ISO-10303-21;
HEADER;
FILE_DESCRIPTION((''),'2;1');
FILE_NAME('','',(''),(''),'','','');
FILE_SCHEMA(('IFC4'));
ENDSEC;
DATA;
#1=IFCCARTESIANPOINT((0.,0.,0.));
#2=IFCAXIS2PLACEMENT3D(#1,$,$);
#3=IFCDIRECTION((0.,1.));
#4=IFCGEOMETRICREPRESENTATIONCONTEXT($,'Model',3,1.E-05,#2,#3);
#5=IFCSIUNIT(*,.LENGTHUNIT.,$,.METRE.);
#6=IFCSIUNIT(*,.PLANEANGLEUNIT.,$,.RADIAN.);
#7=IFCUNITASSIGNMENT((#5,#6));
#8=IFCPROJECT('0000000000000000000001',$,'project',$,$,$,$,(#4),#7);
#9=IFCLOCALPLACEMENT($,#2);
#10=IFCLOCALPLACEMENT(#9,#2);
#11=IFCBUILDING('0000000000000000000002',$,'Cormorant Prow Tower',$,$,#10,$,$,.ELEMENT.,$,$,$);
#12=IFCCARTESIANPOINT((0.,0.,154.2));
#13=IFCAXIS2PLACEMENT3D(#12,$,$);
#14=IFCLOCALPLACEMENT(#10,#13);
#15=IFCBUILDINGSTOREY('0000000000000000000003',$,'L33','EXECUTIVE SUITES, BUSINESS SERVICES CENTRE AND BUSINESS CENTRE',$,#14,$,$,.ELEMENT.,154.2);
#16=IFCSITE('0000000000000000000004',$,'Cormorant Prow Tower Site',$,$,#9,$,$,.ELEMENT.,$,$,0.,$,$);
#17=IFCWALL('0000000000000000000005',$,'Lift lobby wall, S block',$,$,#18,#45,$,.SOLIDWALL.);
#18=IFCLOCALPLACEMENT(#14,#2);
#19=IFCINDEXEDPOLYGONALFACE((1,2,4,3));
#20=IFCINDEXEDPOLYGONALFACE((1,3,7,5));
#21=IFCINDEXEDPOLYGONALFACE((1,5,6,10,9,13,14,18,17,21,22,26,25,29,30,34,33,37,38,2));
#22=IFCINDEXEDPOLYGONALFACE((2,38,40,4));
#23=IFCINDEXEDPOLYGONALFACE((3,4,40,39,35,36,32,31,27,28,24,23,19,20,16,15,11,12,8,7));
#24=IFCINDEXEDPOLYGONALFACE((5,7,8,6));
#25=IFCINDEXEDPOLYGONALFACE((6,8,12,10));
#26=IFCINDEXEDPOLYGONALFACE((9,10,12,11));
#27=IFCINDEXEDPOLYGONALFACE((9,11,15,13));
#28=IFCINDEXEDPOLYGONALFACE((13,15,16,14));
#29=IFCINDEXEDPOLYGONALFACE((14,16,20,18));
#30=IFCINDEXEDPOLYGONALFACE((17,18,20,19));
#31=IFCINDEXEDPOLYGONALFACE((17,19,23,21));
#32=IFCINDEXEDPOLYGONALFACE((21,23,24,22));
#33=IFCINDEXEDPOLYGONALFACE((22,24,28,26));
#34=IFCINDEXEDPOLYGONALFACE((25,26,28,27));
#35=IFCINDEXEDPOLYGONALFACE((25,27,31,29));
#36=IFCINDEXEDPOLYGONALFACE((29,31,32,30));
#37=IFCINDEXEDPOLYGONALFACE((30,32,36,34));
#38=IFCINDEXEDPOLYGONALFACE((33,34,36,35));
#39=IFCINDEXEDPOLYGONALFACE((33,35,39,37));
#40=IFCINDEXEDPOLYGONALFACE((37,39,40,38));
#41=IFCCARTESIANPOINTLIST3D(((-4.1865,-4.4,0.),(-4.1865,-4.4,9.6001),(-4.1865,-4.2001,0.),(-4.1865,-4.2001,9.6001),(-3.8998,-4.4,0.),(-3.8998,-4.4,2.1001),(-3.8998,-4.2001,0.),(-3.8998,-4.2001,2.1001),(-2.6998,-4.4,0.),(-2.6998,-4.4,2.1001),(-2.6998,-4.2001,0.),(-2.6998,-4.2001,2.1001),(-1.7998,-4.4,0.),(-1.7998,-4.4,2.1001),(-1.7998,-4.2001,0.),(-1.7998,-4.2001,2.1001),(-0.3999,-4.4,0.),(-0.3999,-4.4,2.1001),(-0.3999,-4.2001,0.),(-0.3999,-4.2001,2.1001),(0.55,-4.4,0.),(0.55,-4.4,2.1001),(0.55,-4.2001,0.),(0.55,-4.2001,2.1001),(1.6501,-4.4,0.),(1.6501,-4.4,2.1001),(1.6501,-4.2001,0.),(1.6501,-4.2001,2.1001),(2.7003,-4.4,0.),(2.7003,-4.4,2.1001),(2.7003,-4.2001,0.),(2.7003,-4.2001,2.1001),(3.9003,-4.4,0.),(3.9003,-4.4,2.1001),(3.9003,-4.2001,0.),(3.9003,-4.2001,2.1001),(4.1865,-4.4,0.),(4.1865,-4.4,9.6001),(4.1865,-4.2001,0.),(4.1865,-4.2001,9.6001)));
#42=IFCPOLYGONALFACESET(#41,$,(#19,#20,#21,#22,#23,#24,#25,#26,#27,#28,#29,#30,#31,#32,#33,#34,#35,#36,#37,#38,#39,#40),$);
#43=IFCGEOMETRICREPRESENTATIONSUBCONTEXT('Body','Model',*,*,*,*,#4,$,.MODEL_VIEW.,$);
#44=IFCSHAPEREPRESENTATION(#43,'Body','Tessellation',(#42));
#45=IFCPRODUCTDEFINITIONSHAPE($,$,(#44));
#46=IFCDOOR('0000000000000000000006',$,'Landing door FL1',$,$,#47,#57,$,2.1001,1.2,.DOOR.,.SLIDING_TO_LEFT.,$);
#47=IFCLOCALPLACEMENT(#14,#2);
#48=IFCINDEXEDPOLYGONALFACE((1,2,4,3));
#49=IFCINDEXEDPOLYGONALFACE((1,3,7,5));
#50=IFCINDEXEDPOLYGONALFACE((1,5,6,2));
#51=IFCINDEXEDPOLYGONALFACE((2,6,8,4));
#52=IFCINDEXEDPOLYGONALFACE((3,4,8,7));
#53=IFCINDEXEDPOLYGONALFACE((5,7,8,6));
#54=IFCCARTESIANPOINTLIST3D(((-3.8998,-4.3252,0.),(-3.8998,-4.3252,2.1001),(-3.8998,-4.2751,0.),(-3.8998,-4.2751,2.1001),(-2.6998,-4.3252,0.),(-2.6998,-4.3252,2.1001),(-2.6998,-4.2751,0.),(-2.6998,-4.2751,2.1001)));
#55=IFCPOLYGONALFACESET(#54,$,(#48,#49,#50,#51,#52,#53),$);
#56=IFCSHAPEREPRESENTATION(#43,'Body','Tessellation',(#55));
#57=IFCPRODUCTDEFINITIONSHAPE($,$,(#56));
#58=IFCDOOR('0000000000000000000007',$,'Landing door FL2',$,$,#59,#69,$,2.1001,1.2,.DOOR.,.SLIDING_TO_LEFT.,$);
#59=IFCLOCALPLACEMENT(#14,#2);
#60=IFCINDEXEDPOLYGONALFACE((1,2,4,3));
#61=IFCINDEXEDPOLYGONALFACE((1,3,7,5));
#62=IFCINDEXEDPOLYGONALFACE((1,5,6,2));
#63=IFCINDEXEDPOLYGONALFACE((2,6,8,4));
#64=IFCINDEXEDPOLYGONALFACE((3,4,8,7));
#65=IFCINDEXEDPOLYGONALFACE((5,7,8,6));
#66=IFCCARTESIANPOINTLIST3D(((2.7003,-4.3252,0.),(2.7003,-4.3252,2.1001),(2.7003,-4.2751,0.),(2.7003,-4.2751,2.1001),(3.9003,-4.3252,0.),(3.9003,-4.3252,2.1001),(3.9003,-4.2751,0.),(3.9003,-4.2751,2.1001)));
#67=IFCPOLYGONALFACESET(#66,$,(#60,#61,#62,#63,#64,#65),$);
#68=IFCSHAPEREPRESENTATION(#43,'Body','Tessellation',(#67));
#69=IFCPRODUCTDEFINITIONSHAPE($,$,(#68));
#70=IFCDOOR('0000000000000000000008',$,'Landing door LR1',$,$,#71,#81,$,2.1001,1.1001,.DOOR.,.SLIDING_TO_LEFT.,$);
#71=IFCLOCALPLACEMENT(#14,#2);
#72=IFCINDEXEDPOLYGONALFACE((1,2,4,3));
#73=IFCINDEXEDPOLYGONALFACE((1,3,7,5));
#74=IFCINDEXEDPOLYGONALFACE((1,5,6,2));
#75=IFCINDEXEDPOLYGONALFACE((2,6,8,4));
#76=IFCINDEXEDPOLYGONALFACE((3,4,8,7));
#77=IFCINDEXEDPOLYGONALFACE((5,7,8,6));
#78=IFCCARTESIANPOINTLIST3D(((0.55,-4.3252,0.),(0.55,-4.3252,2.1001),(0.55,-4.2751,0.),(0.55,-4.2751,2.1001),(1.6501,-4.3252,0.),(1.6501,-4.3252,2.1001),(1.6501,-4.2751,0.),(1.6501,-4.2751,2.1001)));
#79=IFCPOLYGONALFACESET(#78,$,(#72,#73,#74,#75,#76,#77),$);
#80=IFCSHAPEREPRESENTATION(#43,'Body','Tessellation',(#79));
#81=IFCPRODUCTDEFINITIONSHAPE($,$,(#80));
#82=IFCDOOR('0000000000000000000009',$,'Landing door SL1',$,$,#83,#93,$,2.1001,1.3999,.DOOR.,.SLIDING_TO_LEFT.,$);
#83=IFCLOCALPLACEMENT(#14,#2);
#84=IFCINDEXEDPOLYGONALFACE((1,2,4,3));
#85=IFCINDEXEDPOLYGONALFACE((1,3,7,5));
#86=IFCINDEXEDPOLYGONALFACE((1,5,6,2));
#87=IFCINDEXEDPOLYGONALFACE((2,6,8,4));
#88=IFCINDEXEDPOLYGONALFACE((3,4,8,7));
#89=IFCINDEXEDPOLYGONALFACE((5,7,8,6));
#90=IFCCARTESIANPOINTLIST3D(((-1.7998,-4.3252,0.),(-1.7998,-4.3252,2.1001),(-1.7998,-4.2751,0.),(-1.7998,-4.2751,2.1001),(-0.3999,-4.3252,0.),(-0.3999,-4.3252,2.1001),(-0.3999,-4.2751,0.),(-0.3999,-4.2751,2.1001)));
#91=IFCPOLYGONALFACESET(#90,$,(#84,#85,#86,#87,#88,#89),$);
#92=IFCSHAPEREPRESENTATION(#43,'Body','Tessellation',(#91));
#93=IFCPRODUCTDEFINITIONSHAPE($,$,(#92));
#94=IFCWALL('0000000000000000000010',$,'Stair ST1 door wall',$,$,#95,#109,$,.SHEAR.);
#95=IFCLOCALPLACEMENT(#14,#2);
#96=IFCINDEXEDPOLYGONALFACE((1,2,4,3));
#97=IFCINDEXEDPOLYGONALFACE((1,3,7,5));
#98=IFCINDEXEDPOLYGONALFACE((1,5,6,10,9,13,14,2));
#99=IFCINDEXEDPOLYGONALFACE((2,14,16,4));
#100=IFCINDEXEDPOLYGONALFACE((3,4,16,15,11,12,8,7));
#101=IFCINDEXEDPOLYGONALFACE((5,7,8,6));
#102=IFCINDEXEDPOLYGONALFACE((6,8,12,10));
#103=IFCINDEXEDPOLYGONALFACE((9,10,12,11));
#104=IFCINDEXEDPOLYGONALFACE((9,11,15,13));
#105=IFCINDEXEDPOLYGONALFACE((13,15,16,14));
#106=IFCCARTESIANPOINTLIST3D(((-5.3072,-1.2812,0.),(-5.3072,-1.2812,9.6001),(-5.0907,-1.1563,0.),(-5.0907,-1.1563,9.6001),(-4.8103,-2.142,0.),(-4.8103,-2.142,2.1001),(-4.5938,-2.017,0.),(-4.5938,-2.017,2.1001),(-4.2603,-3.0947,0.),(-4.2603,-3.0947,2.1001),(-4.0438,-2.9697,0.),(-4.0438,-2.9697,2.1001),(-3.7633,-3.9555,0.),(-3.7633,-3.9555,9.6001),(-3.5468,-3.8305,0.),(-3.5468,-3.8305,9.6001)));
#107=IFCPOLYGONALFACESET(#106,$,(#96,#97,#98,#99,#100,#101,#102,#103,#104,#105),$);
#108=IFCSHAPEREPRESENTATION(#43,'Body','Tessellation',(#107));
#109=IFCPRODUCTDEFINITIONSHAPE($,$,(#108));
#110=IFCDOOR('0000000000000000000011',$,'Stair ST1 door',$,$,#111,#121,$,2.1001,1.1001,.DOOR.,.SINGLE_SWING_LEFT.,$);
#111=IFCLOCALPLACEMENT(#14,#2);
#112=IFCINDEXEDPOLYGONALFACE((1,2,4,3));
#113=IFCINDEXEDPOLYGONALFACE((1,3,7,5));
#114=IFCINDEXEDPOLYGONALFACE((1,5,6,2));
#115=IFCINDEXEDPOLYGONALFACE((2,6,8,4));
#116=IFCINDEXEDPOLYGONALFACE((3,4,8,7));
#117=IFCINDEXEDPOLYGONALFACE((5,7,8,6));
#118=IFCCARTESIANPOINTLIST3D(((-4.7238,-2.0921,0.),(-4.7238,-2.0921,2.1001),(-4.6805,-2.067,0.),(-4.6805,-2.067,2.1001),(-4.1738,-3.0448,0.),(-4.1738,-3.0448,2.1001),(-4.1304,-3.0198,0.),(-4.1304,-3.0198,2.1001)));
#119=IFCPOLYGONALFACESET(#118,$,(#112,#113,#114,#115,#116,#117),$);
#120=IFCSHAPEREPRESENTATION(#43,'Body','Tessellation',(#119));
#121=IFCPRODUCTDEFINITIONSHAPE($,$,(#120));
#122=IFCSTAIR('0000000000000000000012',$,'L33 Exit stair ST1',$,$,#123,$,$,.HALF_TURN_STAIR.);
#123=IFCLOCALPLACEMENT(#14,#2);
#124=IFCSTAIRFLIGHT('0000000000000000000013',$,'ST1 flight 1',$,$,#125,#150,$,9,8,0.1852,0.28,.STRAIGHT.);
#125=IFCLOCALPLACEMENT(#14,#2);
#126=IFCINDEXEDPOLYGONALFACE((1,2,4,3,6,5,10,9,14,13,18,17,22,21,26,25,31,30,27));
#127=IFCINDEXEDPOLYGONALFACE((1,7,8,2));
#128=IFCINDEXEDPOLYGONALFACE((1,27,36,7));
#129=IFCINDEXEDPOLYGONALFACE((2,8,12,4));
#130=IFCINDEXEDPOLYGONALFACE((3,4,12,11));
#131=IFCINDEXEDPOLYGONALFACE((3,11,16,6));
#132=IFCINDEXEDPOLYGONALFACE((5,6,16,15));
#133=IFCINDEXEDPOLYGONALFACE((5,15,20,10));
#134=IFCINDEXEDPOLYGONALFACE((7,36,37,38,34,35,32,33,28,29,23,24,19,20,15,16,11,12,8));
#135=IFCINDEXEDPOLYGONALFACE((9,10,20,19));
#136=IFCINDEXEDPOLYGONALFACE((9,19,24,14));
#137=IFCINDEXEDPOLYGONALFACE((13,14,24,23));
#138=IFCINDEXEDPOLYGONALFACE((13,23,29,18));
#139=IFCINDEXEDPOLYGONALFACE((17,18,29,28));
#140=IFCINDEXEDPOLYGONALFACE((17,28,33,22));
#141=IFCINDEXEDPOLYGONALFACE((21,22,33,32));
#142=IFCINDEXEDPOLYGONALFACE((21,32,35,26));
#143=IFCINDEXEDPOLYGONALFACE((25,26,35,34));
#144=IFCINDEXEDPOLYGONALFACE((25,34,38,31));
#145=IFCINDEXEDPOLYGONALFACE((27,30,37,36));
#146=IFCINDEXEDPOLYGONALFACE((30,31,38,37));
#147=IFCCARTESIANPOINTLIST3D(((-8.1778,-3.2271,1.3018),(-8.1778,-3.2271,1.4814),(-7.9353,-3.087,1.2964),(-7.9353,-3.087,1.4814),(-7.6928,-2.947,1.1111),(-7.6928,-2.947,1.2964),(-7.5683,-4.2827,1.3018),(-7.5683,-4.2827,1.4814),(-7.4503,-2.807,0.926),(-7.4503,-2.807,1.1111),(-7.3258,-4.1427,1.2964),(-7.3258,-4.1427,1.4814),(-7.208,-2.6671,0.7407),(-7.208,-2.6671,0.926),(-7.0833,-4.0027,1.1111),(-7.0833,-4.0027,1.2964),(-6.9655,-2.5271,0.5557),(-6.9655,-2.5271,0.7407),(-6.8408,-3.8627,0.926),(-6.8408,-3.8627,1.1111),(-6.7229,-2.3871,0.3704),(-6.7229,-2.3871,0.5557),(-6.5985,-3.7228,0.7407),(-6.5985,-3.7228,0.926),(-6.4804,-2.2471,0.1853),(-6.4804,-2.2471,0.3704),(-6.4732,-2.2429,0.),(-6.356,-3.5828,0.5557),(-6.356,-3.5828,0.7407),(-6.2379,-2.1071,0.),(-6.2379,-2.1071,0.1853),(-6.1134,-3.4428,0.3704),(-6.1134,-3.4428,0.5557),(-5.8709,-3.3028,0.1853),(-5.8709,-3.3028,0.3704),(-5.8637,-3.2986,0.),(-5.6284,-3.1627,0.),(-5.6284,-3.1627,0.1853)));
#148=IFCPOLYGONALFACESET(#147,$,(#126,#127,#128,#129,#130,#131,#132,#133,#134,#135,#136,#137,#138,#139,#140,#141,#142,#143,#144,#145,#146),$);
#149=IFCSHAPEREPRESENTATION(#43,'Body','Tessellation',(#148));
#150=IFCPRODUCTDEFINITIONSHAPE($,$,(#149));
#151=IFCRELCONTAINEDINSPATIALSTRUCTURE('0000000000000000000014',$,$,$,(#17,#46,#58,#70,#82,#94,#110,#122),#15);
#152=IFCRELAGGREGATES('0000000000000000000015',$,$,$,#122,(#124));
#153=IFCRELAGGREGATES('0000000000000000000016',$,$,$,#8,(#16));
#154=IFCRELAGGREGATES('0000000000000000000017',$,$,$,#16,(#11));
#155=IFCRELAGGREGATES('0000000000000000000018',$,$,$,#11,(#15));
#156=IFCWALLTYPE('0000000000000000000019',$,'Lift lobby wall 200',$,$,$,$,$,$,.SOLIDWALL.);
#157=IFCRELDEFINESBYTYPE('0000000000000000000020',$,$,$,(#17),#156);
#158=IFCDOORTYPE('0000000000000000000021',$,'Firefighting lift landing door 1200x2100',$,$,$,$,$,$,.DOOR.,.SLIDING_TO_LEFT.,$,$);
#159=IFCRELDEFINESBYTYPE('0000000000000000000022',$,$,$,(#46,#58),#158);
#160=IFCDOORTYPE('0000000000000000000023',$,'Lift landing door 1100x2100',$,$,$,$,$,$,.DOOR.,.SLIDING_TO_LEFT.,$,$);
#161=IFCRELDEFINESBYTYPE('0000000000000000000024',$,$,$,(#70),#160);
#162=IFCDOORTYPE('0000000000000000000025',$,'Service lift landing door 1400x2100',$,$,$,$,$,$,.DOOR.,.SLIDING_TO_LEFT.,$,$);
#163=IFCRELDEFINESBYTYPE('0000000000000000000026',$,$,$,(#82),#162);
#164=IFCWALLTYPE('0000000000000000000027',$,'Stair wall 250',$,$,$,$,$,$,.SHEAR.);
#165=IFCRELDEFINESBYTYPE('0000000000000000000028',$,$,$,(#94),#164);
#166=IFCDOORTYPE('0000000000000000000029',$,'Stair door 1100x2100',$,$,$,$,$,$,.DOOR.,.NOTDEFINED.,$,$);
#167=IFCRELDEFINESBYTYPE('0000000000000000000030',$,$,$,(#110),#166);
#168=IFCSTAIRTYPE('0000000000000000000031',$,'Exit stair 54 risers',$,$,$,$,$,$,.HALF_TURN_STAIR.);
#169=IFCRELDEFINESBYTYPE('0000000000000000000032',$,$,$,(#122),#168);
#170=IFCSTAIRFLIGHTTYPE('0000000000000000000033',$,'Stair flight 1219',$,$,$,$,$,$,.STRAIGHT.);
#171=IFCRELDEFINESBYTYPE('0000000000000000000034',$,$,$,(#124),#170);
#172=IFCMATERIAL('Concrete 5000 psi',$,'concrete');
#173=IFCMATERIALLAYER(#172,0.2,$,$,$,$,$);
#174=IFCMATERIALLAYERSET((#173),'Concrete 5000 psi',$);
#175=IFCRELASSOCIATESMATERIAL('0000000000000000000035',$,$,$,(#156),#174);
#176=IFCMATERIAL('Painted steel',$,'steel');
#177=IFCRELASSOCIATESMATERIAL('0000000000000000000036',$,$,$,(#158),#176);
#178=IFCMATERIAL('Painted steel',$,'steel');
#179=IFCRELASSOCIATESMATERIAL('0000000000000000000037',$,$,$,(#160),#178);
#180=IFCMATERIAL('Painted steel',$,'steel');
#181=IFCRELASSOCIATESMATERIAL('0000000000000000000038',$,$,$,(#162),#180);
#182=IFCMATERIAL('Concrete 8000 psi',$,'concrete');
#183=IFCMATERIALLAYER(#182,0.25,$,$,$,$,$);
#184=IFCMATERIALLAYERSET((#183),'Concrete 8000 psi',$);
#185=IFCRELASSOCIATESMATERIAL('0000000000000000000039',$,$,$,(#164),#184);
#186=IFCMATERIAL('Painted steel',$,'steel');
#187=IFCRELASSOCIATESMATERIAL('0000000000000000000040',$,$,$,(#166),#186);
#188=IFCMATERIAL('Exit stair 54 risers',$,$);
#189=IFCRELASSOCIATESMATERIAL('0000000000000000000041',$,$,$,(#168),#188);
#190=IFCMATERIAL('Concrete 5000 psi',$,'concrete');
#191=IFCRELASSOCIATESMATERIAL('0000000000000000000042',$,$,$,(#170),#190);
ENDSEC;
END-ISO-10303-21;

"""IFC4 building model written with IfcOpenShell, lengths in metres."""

from ifc_helpers import new_model, si_unit, direction, frame, frame_2d, origin, place, context, subcontext, project, spatial, polyline, rectangle, outline, extrude, material, layer, layer_set, type_object, element, fill, aggregate, save


model = new_model("IFC4")

# Units and contexts
model_context = context("Model", 3, precision=1e-05, world=origin(), true_north=direction((0.0, 1.0)))
body_context = subcontext(model_context, "Body", "Model", "MODEL_VIEW")
ifc_project = project(units=[si_unit("LENGTHUNIT", "METRE"), si_unit("PLANEANGLEUNIT", "RADIAN")], contexts=[model_context])

# Site, building, storey
site_placement = place(None, origin())
site = spatial("IfcSite", under=ifc_project, at=site_placement, Name="Cormorant Prow Tower Site", CompositionType="ELEMENT", RefElevation=0.0)
building_placement = place(site_placement, origin())
building = spatial("IfcBuilding", under=site, at=building_placement, Name="Cormorant Prow Tower", CompositionType="ELEMENT")
storey_placement = place(building_placement, frame((0.0, 0.0, 154.2)))
storey = spatial("IfcBuildingStorey", under=building, at=storey_placement, Name="L33", Description="EXECUTIVE SUITES, BUSINESS SERVICES CENTRE AND BUSINESS CENTRE", CompositionType="ELEMENT", Elevation=154.2)

# Wall, openings, doors
ifc_material_1 = material(Name="Concrete 5000 psi", Category="concrete")
ifc_layer_1 = layer(ifc_material_1, 0.2)
ifc_layer_set_1 = layer_set([ifc_layer_1], Name="Concrete 5000 psi")
wall_type_1 = type_object("IfcWallType", Name="Lift lobby wall 200", PredefinedType="SOLIDWALL", material=ifc_layer_set_1)
wall_1_placement = place(storey_placement, frame((-4.1865, -4.3, 0.0), z_axis=(0.0, 0.0, 1.0), x_axis=(1.0, 0.0, 0.0)))
wall_1 = element("IfcWall", 1, at=wall_1_placement, inside=storey, type_object=wall_type_1, Name="Lift lobby wall, S block", PredefinedType="SOLIDWALL", context=body_context, shape_type="SweptSolid", body=[
    extrude(rectangle(XDim=8.373, YDim=0.2, at=frame_2d((4.1865, 0.0))), origin(), (0.0, 0.0, 1.0), 9.6001),
])
opening_1_placement = place(wall_1_placement, frame((0.2866, 0.0, 0.0)))
opening_1 = element("IfcOpeningElement", 2, at=opening_1_placement, cuts=wall_1, PredefinedType="OPENING", context=body_context, shape_type="SweptSolid", body=[
    extrude(rectangle(XDim=1.2, YDim=2.1001, at=frame_2d((0.6001, 1.05))), frame((0.0, 0.1099, 0.0), z_axis=(0.0, -1.0, 0.0), x_axis=(1.0, 0.0, 0.0)), (0.0, 0.0, 1.0), 0.22),
])
opening_2_placement = place(wall_1_placement, frame((2.3867, 0.0, 0.0)))
opening_2 = element("IfcOpeningElement", 3, at=opening_2_placement, cuts=wall_1, PredefinedType="OPENING", context=body_context, shape_type="SweptSolid", body=[
    extrude(rectangle(XDim=1.3999, YDim=2.1001, at=frame_2d((0.7, 1.05))), frame((0.0, 0.1099, 0.0), z_axis=(0.0, -1.0, 0.0), x_axis=(1.0, 0.0, 0.0)), (0.0, 0.0, 1.0), 0.22),
])
opening_3_placement = place(wall_1_placement, frame((4.7366, 0.0, 0.0)))
opening_3 = element("IfcOpeningElement", 4, at=opening_3_placement, cuts=wall_1, PredefinedType="OPENING", context=body_context, shape_type="SweptSolid", body=[
    extrude(rectangle(XDim=1.1001, YDim=2.1001, at=frame_2d((0.55, 1.05))), frame((0.0, 0.1099, 0.0), z_axis=(0.0, -1.0, 0.0), x_axis=(1.0, 0.0, 0.0)), (0.0, 0.0, 1.0), 0.22),
])
opening_4_placement = place(wall_1_placement, frame((6.8867, 0.0, 0.0)))
opening_4 = element("IfcOpeningElement", 5, at=opening_4_placement, cuts=wall_1, PredefinedType="OPENING", context=body_context, shape_type="SweptSolid", body=[
    extrude(rectangle(XDim=1.2, YDim=2.1001, at=frame_2d((0.6001, 1.05))), frame((0.0, 0.1099, 0.0), z_axis=(0.0, -1.0, 0.0), x_axis=(1.0, 0.0, 0.0)), (0.0, 0.0, 1.0), 0.22),
])
ifc_material_2 = material(Name="Painted steel", Category="steel")
door_type_1 = type_object("IfcDoorType", Name="Firefighting lift landing door 1200x2100", OperationType="SLIDING_TO_LEFT", PredefinedType="DOOR", material=ifc_material_2)
door_1_placement = place(opening_1_placement, origin())
door_1 = element("IfcDoor", 6, at=door_1_placement, inside=storey, type_object=door_type_1, Name="Landing door FL1", OperationType="SLIDING_TO_LEFT", OverallHeight=2.1001, OverallWidth=1.2, PredefinedType="DOOR", context=body_context, shape_type="SweptSolid", body=[
    extrude(rectangle(XDim=1.2, YDim=2.1001, at=frame_2d((0.6001, 1.05))), frame((0.0, 0.0249, 0.0), z_axis=(0.0, -1.0, 0.0), x_axis=(1.0, 0.0, 0.0)), (0.0, 0.0, 1.0), 0.05),
])
fill(opening_1, door_1)
door_2_placement = place(opening_4_placement, origin())
door_2 = element("IfcDoor", 7, at=door_2_placement, inside=storey, type_object=door_type_1, Name="Landing door FL2", OperationType="SLIDING_TO_LEFT", OverallHeight=2.1001, OverallWidth=1.2, PredefinedType="DOOR", context=body_context, shape_type="SweptSolid", body=[
    extrude(rectangle(XDim=1.2, YDim=2.1001, at=frame_2d((0.6001, 1.05))), frame((0.0, 0.0249, 0.0), z_axis=(0.0, -1.0, 0.0), x_axis=(1.0, 0.0, 0.0)), (0.0, 0.0, 1.0), 0.05),
])
fill(opening_4, door_2)
ifc_material_3 = material(Name="Painted steel", Category="steel")
door_type_2 = type_object("IfcDoorType", Name="Lift landing door 1100x2100", OperationType="SLIDING_TO_LEFT", PredefinedType="DOOR", material=ifc_material_3)
door_3_placement = place(opening_3_placement, origin())
door_3 = element("IfcDoor", 8, at=door_3_placement, inside=storey, type_object=door_type_2, Name="Landing door LR1", OperationType="SLIDING_TO_LEFT", OverallHeight=2.1001, OverallWidth=1.1001, PredefinedType="DOOR", context=body_context, shape_type="SweptSolid", body=[
    extrude(rectangle(XDim=1.1001, YDim=2.1001, at=frame_2d((0.55, 1.05))), frame((0.0, 0.0249, 0.0), z_axis=(0.0, -1.0, 0.0), x_axis=(1.0, 0.0, 0.0)), (0.0, 0.0, 1.0), 0.05),
])
fill(opening_3, door_3)
ifc_material_4 = material(Name="Painted steel", Category="steel")
door_type_3 = type_object("IfcDoorType", Name="Service lift landing door 1400x2100", OperationType="SLIDING_TO_LEFT", PredefinedType="DOOR", material=ifc_material_4)
door_4_placement = place(opening_2_placement, origin())
door_4 = element("IfcDoor", 9, at=door_4_placement, inside=storey, type_object=door_type_3, Name="Landing door SL1", OperationType="SLIDING_TO_LEFT", OverallHeight=2.1001, OverallWidth=1.3999, PredefinedType="DOOR", context=body_context, shape_type="SweptSolid", body=[
    extrude(rectangle(XDim=1.3999, YDim=2.1001, at=frame_2d((0.7, 1.05))), frame((0.0, 0.0249, 0.0), z_axis=(0.0, -1.0, 0.0), x_axis=(1.0, 0.0, 0.0)), (0.0, 0.0, 1.0), 0.05),
])
fill(opening_2, door_4)

# Wall, opening, door
ifc_material_5 = material(Name="Concrete 8000 psi", Category="concrete")
ifc_layer_2 = layer(ifc_material_5, 0.25)
ifc_layer_set_2 = layer_set([ifc_layer_2], Name="Concrete 8000 psi")
wall_type_2 = type_object("IfcWallType", Name="Stair wall 250", PredefinedType="SHEAR", material=ifc_layer_set_2)
wall_2_placement = place(storey_placement, frame((-5.199, -1.2188, 0.0), z_axis=(0.0, 0.0, 1.0), x_axis=(0.499983, -0.866035, 0.0)))
wall_2 = element("IfcWall", 10, at=wall_2_placement, inside=storey, type_object=wall_type_2, Name="Stair ST1 door wall", PredefinedType="SHEAR", context=body_context, shape_type="SweptSolid", body=[
    extrude(rectangle(XDim=3.0879, YDim=0.25, at=frame_2d((1.5439, 0.0))), origin(), (0.0, 0.0, 1.0), 9.6001),
])
opening_5_placement = place(wall_2_placement, frame((0.9939, 0.0, 0.0)))
opening_5 = element("IfcOpeningElement", 11, at=opening_5_placement, cuts=wall_2, PredefinedType="OPENING", context=body_context, shape_type="SweptSolid", body=[
    extrude(rectangle(XDim=1.1001, YDim=2.1001, at=frame_2d((0.55, 1.05))), frame((0.0, 0.135, 0.0), z_axis=(0.0, -1.0, 0.0), x_axis=(1.0, 0.0, 0.0)), (0.0, 0.0, 1.0), 0.27),
])
ifc_material_6 = material(Name="Painted steel", Category="steel")
door_type_4 = type_object("IfcDoorType", Name="Stair door 1100x2100", OperationType="NOTDEFINED", PredefinedType="DOOR", material=ifc_material_6)
door_5_placement = place(opening_5_placement, origin())
door_5 = element("IfcDoor", 12, at=door_5_placement, inside=storey, type_object=door_type_4, Name="Stair ST1 door", OperationType="SINGLE_SWING_LEFT", OverallHeight=2.1001, OverallWidth=1.1001, PredefinedType="DOOR", context=body_context, shape_type="SweptSolid", body=[
    extrude(rectangle(XDim=1.1001, YDim=2.1001, at=frame_2d((0.55, 1.05))), frame((0.0, 0.0249, 0.0), z_axis=(0.0, -1.0, 0.0), x_axis=(1.0, 0.0, 0.0)), (0.0, 0.0, 1.0), 0.05),
])
fill(opening_5, door_5)

# Stair, stair flight
ifc_material_7 = material(Name="Exit stair 54 risers")
stair_type = type_object("IfcStairType", Name="Exit stair 54 risers", PredefinedType="HALF_TURN_STAIR", material=ifc_material_7)
stair_placement = place(storey_placement, origin())
stair = element("IfcStair", 13, at=stair_placement, inside=storey, type_object=stair_type, Name="L33 Exit stair ST1", PredefinedType="HALF_TURN_STAIR")
ifc_material_8 = material(Name="Concrete 5000 psi", Category="concrete")
stair_flight_type = type_object("IfcStairFlightType", Name="Stair flight 1219", PredefinedType="STRAIGHT", material=ifc_material_8)
stair_flight_1_placement = place(storey_placement, frame((-5.9331, -2.635, 0.0), z_axis=(0.0, 0.0, 1.0), x_axis=(-0.866025, -0.5, 0.0)))
stair_flight_1 = element("IfcStairFlight", 14, at=stair_flight_1_placement, type_object=stair_flight_type, Name="ST1 flight 1", NumberOfRisers=9, NumberOfTreads=8, PredefinedType="STRAIGHT", RiserHeight=0.1852, TreadLength=0.28, context=body_context, shape_type="SweptSolid", body=[
    extrude(outline(polyline([(0.0, 0.0), (0.0, 0.1853), (0.28, 0.1853), (0.28, 0.3704), (0.5601, 0.3704), (0.5601, 0.5557), (0.8401, 0.5557), (0.8401, 0.7407), (1.1201, 0.7407), (1.1201, 0.926), (1.3999, 0.926), (1.3999, 1.1111), (1.6799, 1.1111), (1.6799, 1.2964), (1.96, 1.2964), (1.96, 1.4814), (2.24, 1.4814), (2.24, 1.6667), (2.24, 1.3018), (0.2717, 0.0), (0.0, 0.0)])), frame((0.0, 0.6094, 0.0), z_axis=(0.0, -1.0, 0.0), x_axis=(1.0, 0.0, 0.0)), (0.0, 0.0, 1.0), 1.219),
])
aggregate(stair, [stair_flight_1])

save(model, "model.ifc")
